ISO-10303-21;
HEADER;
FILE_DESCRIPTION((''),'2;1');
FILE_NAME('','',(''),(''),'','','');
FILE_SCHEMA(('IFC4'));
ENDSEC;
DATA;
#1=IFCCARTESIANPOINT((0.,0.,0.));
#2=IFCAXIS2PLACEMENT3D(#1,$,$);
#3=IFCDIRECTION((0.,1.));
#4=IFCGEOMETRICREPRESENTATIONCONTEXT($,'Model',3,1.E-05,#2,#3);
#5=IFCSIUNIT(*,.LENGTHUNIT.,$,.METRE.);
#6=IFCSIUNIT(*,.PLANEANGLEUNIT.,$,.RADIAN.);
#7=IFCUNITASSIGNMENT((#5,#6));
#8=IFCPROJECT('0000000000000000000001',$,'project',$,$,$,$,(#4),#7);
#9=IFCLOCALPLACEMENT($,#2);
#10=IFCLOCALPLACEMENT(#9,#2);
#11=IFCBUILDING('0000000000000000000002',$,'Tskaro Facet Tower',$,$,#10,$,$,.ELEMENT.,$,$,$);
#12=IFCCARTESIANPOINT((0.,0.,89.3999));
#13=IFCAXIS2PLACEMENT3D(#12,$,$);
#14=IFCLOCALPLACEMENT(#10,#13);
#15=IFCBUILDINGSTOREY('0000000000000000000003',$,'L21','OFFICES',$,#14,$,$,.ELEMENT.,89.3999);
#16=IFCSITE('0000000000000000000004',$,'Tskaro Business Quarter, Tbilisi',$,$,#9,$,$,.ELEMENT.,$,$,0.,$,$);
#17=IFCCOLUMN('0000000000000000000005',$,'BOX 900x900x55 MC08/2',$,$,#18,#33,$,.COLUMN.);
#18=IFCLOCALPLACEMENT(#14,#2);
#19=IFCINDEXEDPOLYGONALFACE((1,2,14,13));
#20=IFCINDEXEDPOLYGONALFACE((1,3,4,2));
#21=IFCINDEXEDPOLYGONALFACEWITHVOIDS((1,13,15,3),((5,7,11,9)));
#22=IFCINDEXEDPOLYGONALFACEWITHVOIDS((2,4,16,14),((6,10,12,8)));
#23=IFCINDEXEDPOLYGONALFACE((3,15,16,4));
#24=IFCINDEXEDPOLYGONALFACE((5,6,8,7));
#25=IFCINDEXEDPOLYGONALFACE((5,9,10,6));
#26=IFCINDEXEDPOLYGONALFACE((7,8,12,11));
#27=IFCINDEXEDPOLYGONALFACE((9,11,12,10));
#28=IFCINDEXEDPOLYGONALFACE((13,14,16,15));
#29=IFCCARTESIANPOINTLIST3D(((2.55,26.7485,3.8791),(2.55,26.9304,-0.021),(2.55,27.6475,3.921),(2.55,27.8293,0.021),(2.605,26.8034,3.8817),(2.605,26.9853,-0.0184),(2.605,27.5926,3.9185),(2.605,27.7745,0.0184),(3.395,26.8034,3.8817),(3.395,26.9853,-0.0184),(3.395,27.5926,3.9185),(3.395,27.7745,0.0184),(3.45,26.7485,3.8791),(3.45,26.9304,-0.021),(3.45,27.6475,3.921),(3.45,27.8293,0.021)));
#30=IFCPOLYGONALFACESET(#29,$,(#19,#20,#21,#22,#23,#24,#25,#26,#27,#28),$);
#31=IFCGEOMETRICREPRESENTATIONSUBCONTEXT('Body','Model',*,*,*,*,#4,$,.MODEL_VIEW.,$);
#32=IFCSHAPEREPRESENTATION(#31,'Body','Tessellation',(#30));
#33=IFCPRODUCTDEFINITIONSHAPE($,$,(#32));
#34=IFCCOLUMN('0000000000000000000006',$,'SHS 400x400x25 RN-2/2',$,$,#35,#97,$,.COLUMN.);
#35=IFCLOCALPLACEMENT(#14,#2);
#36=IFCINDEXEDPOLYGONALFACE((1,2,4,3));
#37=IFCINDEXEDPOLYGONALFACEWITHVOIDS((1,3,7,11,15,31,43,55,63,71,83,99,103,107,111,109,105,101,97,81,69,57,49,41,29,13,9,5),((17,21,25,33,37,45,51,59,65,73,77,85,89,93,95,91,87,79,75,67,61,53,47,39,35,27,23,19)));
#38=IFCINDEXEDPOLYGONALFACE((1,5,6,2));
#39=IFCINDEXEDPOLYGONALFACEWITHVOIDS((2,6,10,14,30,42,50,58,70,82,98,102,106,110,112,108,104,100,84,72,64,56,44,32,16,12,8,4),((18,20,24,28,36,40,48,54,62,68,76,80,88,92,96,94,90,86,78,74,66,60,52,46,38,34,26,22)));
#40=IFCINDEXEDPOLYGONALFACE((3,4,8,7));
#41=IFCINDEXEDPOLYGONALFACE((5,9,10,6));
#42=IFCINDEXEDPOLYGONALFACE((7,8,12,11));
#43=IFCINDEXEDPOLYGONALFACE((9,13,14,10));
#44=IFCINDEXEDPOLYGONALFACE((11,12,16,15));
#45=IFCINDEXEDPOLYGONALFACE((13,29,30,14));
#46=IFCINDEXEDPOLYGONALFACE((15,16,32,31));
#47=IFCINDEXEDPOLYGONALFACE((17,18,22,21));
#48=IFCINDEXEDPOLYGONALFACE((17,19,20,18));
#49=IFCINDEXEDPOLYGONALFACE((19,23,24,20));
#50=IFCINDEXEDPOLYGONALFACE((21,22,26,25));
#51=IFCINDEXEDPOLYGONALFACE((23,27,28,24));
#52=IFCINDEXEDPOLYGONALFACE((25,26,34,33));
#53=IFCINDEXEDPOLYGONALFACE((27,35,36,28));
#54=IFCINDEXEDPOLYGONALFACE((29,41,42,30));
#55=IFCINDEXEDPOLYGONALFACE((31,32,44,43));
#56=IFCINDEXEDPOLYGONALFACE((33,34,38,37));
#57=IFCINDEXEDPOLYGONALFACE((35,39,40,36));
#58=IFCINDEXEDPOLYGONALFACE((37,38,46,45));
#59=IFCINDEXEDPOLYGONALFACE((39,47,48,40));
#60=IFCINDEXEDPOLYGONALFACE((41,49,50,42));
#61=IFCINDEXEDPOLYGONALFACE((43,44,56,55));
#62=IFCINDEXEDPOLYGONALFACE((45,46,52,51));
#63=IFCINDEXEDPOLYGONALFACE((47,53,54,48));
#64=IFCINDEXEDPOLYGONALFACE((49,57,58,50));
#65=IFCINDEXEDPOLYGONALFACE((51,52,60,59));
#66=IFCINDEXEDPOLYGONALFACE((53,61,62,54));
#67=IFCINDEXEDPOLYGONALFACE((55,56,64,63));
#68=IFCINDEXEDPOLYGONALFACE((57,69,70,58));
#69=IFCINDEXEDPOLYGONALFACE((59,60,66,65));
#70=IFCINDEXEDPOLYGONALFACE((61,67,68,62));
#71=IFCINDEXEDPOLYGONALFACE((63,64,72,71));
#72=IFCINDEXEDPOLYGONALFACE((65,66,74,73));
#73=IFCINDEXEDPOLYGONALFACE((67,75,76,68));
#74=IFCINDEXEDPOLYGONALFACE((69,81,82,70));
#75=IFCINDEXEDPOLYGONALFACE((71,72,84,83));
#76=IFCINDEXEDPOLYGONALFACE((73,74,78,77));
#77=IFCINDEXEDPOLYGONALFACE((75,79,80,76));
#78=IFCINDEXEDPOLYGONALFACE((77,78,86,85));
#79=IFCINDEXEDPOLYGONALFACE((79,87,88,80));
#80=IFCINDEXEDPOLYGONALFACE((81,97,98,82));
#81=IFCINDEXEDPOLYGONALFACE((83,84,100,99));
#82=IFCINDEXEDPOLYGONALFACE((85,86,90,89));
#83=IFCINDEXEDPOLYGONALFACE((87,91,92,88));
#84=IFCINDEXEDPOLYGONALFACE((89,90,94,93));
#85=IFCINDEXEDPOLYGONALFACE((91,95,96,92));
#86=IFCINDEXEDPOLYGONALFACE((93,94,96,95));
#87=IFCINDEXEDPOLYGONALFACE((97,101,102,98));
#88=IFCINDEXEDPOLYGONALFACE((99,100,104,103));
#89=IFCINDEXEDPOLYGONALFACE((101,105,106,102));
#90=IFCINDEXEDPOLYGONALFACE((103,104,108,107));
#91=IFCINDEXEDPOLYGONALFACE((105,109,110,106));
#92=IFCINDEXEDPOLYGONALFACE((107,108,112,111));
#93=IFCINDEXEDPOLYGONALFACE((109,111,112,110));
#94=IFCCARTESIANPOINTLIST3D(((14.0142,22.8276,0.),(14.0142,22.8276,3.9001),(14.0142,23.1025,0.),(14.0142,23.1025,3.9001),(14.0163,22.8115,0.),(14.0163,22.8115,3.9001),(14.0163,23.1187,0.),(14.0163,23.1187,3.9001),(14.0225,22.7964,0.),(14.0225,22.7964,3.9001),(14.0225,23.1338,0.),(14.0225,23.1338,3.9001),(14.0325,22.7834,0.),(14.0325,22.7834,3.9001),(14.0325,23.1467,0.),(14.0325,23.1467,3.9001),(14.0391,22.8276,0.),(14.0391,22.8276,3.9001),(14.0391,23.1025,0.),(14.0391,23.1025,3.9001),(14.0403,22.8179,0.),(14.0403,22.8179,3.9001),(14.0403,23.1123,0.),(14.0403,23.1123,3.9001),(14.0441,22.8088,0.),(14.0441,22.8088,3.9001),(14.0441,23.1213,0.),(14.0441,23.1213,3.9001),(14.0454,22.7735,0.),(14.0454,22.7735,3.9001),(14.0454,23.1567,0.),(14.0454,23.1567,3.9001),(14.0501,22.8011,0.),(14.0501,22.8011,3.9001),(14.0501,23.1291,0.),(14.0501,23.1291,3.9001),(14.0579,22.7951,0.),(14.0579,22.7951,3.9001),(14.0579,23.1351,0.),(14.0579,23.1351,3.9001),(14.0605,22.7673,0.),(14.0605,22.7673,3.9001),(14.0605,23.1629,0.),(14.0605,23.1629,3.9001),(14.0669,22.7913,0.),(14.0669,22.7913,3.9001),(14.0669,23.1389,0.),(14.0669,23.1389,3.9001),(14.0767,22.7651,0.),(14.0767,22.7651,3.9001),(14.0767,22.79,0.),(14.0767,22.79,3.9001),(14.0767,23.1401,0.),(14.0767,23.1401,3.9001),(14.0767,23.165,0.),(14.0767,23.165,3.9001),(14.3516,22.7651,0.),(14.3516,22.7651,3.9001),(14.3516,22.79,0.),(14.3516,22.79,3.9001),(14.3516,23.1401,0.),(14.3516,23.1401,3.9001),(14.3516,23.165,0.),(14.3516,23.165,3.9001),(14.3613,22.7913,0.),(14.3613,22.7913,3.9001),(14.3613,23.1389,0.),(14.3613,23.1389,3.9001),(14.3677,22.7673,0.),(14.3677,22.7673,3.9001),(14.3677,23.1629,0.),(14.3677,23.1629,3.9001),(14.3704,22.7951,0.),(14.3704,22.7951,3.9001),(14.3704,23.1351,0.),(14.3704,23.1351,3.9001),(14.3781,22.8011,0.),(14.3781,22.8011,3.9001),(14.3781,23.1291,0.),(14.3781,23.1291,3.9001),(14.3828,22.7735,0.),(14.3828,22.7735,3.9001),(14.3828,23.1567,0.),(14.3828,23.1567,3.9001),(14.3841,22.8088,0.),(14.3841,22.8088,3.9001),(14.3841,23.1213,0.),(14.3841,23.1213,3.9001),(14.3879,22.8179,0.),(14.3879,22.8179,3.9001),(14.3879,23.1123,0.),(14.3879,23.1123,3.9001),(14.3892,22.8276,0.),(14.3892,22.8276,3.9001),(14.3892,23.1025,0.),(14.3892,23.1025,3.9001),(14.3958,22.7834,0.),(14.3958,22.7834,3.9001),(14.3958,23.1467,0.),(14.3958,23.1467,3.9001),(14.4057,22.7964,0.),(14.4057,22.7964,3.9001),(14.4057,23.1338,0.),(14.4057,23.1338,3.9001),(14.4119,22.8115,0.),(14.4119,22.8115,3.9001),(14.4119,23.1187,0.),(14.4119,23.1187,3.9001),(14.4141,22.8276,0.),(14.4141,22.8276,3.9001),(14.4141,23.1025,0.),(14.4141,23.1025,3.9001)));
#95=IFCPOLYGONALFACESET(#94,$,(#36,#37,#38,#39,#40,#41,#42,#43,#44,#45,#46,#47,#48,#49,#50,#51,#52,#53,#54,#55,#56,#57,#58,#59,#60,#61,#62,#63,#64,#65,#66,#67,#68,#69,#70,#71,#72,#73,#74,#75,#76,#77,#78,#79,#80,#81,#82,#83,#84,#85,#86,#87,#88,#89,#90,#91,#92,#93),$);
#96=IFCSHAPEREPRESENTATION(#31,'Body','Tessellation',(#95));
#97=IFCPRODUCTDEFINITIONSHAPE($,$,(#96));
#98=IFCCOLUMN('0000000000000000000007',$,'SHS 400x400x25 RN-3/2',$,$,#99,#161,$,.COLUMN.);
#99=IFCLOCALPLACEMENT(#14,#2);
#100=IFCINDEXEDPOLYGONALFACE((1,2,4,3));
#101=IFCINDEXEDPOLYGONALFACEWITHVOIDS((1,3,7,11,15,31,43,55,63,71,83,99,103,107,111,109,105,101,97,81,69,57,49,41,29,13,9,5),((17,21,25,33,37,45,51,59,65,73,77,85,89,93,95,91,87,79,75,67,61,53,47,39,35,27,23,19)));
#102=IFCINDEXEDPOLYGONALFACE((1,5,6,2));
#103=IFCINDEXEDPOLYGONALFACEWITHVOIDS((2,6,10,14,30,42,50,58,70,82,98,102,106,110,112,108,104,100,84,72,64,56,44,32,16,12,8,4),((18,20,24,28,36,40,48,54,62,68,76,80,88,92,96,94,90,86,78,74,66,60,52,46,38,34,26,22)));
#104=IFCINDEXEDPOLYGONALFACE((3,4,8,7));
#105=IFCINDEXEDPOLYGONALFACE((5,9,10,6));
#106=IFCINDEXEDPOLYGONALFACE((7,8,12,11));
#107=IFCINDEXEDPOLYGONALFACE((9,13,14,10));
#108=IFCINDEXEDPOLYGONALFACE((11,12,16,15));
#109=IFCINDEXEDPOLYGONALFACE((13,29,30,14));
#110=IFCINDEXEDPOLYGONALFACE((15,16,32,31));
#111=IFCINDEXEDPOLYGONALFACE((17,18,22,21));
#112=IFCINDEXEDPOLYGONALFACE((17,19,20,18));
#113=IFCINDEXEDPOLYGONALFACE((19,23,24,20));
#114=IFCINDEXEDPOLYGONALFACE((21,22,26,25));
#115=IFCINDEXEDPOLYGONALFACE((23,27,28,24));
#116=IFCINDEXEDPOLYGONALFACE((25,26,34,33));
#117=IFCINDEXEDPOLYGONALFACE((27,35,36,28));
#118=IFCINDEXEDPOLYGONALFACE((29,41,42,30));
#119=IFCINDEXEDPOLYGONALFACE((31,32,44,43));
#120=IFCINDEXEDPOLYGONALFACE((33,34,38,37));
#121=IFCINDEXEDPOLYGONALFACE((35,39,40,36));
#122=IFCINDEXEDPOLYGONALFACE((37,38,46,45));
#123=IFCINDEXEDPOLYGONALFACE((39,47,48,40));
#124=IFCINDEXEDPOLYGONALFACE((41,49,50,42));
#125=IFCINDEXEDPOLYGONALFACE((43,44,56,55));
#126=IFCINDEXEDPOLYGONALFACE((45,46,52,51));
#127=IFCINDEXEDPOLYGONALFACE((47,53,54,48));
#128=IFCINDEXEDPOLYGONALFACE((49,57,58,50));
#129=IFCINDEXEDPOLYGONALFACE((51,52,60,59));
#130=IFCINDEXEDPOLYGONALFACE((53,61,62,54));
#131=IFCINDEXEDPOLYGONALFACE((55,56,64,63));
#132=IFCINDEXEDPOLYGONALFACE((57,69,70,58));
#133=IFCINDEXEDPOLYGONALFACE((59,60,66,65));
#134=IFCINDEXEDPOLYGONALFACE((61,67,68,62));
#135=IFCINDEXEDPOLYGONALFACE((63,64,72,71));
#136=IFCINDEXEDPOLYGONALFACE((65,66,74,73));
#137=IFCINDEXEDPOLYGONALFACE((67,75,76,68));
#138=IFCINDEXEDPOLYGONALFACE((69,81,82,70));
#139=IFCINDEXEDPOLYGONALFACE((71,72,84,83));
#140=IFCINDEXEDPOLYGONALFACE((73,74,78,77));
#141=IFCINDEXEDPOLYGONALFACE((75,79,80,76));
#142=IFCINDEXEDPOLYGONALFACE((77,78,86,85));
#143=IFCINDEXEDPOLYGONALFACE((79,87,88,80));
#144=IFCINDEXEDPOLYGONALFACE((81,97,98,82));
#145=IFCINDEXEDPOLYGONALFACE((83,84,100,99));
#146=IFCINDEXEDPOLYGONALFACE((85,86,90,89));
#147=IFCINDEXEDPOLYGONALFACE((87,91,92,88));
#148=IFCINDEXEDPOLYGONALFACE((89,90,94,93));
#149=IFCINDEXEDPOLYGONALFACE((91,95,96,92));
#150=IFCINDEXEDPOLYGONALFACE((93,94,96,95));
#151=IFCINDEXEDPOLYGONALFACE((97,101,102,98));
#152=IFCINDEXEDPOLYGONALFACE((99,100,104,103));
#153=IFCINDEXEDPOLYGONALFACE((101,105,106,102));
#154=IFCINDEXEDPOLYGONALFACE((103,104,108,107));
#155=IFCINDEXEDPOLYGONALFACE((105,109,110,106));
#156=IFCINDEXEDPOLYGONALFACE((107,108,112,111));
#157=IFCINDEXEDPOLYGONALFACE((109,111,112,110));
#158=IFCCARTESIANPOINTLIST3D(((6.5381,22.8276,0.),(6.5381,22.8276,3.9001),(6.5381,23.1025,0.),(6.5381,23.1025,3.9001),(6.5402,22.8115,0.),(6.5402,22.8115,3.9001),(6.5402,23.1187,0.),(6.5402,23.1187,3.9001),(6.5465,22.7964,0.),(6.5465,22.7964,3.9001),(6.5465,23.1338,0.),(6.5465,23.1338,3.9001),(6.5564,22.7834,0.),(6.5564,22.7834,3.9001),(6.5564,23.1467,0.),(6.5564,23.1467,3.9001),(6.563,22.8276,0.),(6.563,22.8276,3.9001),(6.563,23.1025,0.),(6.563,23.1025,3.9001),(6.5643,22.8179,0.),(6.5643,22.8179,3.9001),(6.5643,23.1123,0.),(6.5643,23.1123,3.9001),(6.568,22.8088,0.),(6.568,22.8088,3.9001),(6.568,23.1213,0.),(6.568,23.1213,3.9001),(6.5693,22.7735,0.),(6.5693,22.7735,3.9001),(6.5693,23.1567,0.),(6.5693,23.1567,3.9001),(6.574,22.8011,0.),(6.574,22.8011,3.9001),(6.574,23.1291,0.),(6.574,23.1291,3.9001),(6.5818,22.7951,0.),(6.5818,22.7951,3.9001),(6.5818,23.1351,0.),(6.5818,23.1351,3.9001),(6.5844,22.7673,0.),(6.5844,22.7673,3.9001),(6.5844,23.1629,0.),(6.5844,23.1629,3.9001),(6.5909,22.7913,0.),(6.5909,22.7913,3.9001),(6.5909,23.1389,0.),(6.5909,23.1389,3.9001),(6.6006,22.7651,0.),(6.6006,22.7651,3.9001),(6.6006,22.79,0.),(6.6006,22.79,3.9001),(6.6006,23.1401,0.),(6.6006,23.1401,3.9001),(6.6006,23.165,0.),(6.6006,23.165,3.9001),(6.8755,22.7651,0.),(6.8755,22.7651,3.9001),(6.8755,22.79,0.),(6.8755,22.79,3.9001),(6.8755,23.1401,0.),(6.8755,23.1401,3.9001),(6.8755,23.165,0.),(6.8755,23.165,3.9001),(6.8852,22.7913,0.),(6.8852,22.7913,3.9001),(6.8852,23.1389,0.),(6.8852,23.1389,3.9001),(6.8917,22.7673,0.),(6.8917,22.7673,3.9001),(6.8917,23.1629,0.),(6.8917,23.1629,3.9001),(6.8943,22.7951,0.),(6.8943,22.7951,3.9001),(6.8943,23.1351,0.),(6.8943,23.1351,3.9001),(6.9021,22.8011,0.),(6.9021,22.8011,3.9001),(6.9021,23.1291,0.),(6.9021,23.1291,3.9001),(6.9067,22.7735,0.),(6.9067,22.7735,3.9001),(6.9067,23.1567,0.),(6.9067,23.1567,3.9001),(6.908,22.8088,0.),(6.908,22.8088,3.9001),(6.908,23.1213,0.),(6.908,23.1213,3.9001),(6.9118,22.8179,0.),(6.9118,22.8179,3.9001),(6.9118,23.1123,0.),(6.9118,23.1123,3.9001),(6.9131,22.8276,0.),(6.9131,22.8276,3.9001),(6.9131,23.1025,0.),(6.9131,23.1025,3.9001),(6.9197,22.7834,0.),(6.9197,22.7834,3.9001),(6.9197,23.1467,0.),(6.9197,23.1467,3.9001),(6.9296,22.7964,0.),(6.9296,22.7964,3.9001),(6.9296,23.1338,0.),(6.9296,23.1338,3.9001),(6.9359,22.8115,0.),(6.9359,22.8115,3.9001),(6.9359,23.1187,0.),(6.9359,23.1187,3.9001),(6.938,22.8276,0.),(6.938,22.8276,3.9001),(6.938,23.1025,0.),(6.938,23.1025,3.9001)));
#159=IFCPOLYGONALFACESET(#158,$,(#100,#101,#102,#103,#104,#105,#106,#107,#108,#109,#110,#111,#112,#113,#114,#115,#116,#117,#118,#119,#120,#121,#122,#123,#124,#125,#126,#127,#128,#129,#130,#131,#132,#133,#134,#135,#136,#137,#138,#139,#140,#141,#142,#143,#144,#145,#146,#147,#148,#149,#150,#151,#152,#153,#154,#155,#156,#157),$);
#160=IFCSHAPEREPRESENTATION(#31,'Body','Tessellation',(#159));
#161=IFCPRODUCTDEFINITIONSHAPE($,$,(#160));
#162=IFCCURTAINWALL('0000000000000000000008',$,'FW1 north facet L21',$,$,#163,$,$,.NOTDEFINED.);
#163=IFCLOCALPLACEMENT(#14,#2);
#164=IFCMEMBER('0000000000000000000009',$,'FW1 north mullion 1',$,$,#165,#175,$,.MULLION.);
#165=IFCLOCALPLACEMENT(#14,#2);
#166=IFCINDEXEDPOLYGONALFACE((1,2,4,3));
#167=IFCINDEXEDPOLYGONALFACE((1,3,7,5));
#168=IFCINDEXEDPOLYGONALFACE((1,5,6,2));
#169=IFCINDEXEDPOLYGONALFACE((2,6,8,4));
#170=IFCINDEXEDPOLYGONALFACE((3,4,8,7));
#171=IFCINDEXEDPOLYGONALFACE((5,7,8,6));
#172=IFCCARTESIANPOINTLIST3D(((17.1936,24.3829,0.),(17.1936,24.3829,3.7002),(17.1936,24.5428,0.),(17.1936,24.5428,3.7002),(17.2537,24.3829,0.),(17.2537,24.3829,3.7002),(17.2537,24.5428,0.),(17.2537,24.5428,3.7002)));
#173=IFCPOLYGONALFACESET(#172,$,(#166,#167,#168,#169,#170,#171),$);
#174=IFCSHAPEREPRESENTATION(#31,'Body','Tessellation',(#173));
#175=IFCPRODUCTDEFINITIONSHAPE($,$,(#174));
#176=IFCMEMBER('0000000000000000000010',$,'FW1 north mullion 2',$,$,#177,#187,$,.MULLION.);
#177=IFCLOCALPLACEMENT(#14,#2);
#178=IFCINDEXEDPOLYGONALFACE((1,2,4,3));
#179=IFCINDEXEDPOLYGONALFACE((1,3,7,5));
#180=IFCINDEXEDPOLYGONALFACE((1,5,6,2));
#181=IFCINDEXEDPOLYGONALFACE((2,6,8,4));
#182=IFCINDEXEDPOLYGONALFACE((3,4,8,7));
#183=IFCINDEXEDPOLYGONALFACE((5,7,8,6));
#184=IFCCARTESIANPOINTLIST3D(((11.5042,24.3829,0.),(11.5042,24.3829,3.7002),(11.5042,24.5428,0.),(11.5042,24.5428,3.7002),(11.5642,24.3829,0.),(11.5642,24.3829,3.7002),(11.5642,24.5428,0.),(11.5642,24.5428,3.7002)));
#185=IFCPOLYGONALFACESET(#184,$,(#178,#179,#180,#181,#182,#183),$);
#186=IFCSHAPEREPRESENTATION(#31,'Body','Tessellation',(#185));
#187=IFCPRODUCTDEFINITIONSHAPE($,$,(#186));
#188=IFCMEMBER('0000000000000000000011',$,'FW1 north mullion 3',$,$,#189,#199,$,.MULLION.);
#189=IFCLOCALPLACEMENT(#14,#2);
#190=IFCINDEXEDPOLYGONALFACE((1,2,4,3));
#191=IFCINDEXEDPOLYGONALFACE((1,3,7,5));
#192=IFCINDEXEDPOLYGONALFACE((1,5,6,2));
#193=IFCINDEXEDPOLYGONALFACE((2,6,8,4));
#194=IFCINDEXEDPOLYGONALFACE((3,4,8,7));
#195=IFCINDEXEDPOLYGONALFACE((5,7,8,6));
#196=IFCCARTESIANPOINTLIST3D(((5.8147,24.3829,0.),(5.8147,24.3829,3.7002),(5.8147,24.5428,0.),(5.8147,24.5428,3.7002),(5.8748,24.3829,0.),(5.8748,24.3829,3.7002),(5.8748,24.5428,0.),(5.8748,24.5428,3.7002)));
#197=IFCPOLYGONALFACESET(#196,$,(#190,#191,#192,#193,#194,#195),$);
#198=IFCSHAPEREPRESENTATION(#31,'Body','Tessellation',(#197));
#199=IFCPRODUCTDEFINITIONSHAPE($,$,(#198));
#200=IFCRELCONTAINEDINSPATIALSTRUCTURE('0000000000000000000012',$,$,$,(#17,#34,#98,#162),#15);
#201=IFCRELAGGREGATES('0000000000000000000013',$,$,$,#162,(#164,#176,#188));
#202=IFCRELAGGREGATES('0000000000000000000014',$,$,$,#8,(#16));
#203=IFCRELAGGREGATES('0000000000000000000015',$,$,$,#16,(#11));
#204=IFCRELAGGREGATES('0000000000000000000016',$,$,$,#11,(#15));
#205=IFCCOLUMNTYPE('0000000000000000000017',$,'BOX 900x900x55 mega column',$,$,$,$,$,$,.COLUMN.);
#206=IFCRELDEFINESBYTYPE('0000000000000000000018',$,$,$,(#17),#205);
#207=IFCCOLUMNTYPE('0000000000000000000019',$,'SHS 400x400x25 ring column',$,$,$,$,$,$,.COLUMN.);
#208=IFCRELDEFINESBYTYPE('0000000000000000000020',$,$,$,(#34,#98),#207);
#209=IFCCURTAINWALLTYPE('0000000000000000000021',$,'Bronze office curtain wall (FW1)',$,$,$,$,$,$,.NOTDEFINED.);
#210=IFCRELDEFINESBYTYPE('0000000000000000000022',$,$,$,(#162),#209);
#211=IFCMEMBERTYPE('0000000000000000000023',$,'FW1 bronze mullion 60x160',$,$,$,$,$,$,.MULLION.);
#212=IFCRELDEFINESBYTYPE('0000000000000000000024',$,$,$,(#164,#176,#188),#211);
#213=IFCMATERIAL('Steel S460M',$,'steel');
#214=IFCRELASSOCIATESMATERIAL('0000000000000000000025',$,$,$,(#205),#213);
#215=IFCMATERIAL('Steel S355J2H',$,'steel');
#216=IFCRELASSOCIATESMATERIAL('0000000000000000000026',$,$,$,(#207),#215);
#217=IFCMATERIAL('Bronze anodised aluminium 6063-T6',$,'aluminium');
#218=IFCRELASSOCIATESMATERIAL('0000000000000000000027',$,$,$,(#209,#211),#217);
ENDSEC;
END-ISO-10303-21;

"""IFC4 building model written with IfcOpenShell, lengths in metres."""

from ifc_helpers import new_model, si_unit, direction, frame, origin, origin_2d, place, context, subcontext, project, spatial, rectangle, hollow_rectangle, extrude, material, material_profile, profile_set, type_object, element, aggregate, save


model = new_model("IFC4")

# Units and contexts
model_context = context("Model", 3, precision=1e-05, world=origin(), true_north=direction((0.0, 1.0)))
body_context = subcontext(model_context, "Body", "Model", "MODEL_VIEW")
ifc_project = project(units=[si_unit("LENGTHUNIT", "METRE"), si_unit("PLANEANGLEUNIT", "RADIAN")], contexts=[model_context])

# Site, building, storey
site_placement = place(None, origin())
site = spatial("IfcSite", under=ifc_project, at=site_placement, Name="Tskaro Business Quarter, Tbilisi", CompositionType="ELEMENT", RefElevation=0.0)
building_placement = place(site_placement, origin())
building = spatial("IfcBuilding", under=site, at=building_placement, Name="Tskaro Facet Tower", CompositionType="ELEMENT")
storey_placement = place(building_placement, frame((0.0, 0.0, 89.3999)))
storey = spatial("IfcBuildingStorey", under=building, at=storey_placement, Name="L21", Description="OFFICES", CompositionType="ELEMENT", Elevation=89.3999)

# Columns
ifc_material_1 = material(Name="Steel S460M", Category="steel")
ifc_material_profile_1 = material_profile(ifc_material_1, hollow_rectangle(XDim=0.8999, YDim=0.8999, WallThickness=0.0549, at=origin_2d()), Name="BOX 900x900x55")
ifc_profile_set_1 = profile_set([ifc_material_profile_1], Name="Steel S460M")
column_type_1 = type_object("IfcColumnType", Name="BOX 900x900x55 mega column", PredefinedType="COLUMN", material=ifc_profile_set_1)
column_placement = place(storey_placement, frame((3.0, 27.3799, 0.0), z_axis=(0.0, -0.046585, 0.998914), x_axis=(1.0, 0.0, 0.0)))
element("IfcColumn", 1, at=column_placement, inside=storey, type_object=column_type_1, Name="BOX 900x900x55 MC08/2", PredefinedType="COLUMN", context=body_context, shape_type="SweptSolid", body=[
    extrude(hollow_rectangle(XDim=0.8999, YDim=0.8999, WallThickness=0.0549, at=origin_2d()), origin(), (0.0, 0.0, 1.0), 3.9043),
])
ifc_material_2 = material(Name="Steel S355J2H", Category="steel")
ifc_material_profile_2 = material_profile(ifc_material_2, hollow_rectangle(XDim=0.3999, YDim=0.3999, WallThickness=0.0249, InnerFilletRadius=0.0376, OuterFilletRadius=0.0625, at=origin_2d()), Name="SHS 400x400x25")
ifc_profile_set_2 = profile_set([ifc_material_profile_2], Name="Steel S355J2H")
column_type_2 = type_object("IfcColumnType", Name="SHS 400x400x25 ring column", PredefinedType="COLUMN", material=ifc_profile_set_2)
for number, where, z_axis, x_axis, name in (
    (2, (14.2141, 22.9651, 0.0), (0.0, 0.0, 1.0), (1.0, 0.0, 0.0), "SHS 400x400x25 RN-2/2"),
    (3, (6.738, 22.9651, 0.0), (0.0, 0.0, 1.0), (1.0, 0.0, 0.0), "SHS 400x400x25 RN-3/2"),
):
    element("IfcColumn", number, at=place(storey_placement, frame(where, z_axis=z_axis, x_axis=x_axis)), inside=storey, type_object=column_type_2, Name=name, PredefinedType="COLUMN", context=body_context, shape_type="SweptSolid", body=[
        extrude(hollow_rectangle(XDim=0.3999, YDim=0.3999, WallThickness=0.0249, InnerFilletRadius=0.0376, OuterFilletRadius=0.0625, at=origin_2d()), origin(), (0.0, 0.0, 1.0), 3.9001),
    ])

# Curtain wall, members
ifc_material_3 = material(Name="Bronze anodised aluminium 6063-T6", Category="aluminium")
curtain_wall_type = type_object("IfcCurtainWallType", Name="Bronze office curtain wall (FW1)", PredefinedType="NOTDEFINED", material=ifc_material_3)
curtain_wall_placement = place(storey_placement, origin())
curtain_wall = element("IfcCurtainWall", 4, at=curtain_wall_placement, inside=storey, type_object=curtain_wall_type, Name="FW1 north facet L21", PredefinedType="NOTDEFINED")
ifc_material_profile_3 = material_profile(ifc_material_3, rectangle(XDim=0.0601, YDim=0.1599, at=origin_2d()), Name="Mullion 60x160")
ifc_profile_set_3 = profile_set([ifc_material_profile_3], Name="Bronze anodised aluminium 6063-T6")
member_type_1 = type_object("IfcMemberType", Name="FW1 bronze mullion 60x160", PredefinedType="MULLION", material=ifc_profile_set_3)
member_1_placement = place(storey_placement, frame((17.2236, 24.4629, 0.0), z_axis=(0.0, 0.0, 1.0), x_axis=(-1.0, 0.0, 0.0)))
member_1 = element("IfcMember", 5, at=member_1_placement, type_object=member_type_1, Name="FW1 north mullion 1", PredefinedType="MULLION", context=body_context, shape_type="SweptSolid", body=[
    extrude(rectangle(XDim=0.0601, YDim=0.1599, at=origin_2d()), origin(), (0.0, 0.0, 1.0), 3.7002),
])
member_2_placement = place(storey_placement, frame((11.5342, 24.4629, 0.0), z_axis=(0.0, 0.0, 1.0), x_axis=(-1.0, 0.0, 0.0)))
member_2 = element("IfcMember", 6, at=member_2_placement, type_object=member_type_1, Name="FW1 north mullion 2", PredefinedType="MULLION", context=body_context, shape_type="SweptSolid", body=[
    extrude(rectangle(XDim=0.0601, YDim=0.1599, at=origin_2d()), origin(), (0.0, 0.0, 1.0), 3.7002),
])
member_3_placement = place(storey_placement, frame((5.8447, 24.4629, 0.0), z_axis=(0.0, 0.0, 1.0), x_axis=(-1.0, 0.0, 0.0)))
member_3 = element("IfcMember", 7, at=member_3_placement, type_object=member_type_1, Name="FW1 north mullion 3", PredefinedType="MULLION", context=body_context, shape_type="SweptSolid", body=[
    extrude(rectangle(XDim=0.0601, YDim=0.1599, at=origin_2d()), origin(), (0.0, 0.0, 1.0), 3.7002),
])

aggregate(curtain_wall, [member_1, member_2, member_3])

save(model, "model.ifc")
